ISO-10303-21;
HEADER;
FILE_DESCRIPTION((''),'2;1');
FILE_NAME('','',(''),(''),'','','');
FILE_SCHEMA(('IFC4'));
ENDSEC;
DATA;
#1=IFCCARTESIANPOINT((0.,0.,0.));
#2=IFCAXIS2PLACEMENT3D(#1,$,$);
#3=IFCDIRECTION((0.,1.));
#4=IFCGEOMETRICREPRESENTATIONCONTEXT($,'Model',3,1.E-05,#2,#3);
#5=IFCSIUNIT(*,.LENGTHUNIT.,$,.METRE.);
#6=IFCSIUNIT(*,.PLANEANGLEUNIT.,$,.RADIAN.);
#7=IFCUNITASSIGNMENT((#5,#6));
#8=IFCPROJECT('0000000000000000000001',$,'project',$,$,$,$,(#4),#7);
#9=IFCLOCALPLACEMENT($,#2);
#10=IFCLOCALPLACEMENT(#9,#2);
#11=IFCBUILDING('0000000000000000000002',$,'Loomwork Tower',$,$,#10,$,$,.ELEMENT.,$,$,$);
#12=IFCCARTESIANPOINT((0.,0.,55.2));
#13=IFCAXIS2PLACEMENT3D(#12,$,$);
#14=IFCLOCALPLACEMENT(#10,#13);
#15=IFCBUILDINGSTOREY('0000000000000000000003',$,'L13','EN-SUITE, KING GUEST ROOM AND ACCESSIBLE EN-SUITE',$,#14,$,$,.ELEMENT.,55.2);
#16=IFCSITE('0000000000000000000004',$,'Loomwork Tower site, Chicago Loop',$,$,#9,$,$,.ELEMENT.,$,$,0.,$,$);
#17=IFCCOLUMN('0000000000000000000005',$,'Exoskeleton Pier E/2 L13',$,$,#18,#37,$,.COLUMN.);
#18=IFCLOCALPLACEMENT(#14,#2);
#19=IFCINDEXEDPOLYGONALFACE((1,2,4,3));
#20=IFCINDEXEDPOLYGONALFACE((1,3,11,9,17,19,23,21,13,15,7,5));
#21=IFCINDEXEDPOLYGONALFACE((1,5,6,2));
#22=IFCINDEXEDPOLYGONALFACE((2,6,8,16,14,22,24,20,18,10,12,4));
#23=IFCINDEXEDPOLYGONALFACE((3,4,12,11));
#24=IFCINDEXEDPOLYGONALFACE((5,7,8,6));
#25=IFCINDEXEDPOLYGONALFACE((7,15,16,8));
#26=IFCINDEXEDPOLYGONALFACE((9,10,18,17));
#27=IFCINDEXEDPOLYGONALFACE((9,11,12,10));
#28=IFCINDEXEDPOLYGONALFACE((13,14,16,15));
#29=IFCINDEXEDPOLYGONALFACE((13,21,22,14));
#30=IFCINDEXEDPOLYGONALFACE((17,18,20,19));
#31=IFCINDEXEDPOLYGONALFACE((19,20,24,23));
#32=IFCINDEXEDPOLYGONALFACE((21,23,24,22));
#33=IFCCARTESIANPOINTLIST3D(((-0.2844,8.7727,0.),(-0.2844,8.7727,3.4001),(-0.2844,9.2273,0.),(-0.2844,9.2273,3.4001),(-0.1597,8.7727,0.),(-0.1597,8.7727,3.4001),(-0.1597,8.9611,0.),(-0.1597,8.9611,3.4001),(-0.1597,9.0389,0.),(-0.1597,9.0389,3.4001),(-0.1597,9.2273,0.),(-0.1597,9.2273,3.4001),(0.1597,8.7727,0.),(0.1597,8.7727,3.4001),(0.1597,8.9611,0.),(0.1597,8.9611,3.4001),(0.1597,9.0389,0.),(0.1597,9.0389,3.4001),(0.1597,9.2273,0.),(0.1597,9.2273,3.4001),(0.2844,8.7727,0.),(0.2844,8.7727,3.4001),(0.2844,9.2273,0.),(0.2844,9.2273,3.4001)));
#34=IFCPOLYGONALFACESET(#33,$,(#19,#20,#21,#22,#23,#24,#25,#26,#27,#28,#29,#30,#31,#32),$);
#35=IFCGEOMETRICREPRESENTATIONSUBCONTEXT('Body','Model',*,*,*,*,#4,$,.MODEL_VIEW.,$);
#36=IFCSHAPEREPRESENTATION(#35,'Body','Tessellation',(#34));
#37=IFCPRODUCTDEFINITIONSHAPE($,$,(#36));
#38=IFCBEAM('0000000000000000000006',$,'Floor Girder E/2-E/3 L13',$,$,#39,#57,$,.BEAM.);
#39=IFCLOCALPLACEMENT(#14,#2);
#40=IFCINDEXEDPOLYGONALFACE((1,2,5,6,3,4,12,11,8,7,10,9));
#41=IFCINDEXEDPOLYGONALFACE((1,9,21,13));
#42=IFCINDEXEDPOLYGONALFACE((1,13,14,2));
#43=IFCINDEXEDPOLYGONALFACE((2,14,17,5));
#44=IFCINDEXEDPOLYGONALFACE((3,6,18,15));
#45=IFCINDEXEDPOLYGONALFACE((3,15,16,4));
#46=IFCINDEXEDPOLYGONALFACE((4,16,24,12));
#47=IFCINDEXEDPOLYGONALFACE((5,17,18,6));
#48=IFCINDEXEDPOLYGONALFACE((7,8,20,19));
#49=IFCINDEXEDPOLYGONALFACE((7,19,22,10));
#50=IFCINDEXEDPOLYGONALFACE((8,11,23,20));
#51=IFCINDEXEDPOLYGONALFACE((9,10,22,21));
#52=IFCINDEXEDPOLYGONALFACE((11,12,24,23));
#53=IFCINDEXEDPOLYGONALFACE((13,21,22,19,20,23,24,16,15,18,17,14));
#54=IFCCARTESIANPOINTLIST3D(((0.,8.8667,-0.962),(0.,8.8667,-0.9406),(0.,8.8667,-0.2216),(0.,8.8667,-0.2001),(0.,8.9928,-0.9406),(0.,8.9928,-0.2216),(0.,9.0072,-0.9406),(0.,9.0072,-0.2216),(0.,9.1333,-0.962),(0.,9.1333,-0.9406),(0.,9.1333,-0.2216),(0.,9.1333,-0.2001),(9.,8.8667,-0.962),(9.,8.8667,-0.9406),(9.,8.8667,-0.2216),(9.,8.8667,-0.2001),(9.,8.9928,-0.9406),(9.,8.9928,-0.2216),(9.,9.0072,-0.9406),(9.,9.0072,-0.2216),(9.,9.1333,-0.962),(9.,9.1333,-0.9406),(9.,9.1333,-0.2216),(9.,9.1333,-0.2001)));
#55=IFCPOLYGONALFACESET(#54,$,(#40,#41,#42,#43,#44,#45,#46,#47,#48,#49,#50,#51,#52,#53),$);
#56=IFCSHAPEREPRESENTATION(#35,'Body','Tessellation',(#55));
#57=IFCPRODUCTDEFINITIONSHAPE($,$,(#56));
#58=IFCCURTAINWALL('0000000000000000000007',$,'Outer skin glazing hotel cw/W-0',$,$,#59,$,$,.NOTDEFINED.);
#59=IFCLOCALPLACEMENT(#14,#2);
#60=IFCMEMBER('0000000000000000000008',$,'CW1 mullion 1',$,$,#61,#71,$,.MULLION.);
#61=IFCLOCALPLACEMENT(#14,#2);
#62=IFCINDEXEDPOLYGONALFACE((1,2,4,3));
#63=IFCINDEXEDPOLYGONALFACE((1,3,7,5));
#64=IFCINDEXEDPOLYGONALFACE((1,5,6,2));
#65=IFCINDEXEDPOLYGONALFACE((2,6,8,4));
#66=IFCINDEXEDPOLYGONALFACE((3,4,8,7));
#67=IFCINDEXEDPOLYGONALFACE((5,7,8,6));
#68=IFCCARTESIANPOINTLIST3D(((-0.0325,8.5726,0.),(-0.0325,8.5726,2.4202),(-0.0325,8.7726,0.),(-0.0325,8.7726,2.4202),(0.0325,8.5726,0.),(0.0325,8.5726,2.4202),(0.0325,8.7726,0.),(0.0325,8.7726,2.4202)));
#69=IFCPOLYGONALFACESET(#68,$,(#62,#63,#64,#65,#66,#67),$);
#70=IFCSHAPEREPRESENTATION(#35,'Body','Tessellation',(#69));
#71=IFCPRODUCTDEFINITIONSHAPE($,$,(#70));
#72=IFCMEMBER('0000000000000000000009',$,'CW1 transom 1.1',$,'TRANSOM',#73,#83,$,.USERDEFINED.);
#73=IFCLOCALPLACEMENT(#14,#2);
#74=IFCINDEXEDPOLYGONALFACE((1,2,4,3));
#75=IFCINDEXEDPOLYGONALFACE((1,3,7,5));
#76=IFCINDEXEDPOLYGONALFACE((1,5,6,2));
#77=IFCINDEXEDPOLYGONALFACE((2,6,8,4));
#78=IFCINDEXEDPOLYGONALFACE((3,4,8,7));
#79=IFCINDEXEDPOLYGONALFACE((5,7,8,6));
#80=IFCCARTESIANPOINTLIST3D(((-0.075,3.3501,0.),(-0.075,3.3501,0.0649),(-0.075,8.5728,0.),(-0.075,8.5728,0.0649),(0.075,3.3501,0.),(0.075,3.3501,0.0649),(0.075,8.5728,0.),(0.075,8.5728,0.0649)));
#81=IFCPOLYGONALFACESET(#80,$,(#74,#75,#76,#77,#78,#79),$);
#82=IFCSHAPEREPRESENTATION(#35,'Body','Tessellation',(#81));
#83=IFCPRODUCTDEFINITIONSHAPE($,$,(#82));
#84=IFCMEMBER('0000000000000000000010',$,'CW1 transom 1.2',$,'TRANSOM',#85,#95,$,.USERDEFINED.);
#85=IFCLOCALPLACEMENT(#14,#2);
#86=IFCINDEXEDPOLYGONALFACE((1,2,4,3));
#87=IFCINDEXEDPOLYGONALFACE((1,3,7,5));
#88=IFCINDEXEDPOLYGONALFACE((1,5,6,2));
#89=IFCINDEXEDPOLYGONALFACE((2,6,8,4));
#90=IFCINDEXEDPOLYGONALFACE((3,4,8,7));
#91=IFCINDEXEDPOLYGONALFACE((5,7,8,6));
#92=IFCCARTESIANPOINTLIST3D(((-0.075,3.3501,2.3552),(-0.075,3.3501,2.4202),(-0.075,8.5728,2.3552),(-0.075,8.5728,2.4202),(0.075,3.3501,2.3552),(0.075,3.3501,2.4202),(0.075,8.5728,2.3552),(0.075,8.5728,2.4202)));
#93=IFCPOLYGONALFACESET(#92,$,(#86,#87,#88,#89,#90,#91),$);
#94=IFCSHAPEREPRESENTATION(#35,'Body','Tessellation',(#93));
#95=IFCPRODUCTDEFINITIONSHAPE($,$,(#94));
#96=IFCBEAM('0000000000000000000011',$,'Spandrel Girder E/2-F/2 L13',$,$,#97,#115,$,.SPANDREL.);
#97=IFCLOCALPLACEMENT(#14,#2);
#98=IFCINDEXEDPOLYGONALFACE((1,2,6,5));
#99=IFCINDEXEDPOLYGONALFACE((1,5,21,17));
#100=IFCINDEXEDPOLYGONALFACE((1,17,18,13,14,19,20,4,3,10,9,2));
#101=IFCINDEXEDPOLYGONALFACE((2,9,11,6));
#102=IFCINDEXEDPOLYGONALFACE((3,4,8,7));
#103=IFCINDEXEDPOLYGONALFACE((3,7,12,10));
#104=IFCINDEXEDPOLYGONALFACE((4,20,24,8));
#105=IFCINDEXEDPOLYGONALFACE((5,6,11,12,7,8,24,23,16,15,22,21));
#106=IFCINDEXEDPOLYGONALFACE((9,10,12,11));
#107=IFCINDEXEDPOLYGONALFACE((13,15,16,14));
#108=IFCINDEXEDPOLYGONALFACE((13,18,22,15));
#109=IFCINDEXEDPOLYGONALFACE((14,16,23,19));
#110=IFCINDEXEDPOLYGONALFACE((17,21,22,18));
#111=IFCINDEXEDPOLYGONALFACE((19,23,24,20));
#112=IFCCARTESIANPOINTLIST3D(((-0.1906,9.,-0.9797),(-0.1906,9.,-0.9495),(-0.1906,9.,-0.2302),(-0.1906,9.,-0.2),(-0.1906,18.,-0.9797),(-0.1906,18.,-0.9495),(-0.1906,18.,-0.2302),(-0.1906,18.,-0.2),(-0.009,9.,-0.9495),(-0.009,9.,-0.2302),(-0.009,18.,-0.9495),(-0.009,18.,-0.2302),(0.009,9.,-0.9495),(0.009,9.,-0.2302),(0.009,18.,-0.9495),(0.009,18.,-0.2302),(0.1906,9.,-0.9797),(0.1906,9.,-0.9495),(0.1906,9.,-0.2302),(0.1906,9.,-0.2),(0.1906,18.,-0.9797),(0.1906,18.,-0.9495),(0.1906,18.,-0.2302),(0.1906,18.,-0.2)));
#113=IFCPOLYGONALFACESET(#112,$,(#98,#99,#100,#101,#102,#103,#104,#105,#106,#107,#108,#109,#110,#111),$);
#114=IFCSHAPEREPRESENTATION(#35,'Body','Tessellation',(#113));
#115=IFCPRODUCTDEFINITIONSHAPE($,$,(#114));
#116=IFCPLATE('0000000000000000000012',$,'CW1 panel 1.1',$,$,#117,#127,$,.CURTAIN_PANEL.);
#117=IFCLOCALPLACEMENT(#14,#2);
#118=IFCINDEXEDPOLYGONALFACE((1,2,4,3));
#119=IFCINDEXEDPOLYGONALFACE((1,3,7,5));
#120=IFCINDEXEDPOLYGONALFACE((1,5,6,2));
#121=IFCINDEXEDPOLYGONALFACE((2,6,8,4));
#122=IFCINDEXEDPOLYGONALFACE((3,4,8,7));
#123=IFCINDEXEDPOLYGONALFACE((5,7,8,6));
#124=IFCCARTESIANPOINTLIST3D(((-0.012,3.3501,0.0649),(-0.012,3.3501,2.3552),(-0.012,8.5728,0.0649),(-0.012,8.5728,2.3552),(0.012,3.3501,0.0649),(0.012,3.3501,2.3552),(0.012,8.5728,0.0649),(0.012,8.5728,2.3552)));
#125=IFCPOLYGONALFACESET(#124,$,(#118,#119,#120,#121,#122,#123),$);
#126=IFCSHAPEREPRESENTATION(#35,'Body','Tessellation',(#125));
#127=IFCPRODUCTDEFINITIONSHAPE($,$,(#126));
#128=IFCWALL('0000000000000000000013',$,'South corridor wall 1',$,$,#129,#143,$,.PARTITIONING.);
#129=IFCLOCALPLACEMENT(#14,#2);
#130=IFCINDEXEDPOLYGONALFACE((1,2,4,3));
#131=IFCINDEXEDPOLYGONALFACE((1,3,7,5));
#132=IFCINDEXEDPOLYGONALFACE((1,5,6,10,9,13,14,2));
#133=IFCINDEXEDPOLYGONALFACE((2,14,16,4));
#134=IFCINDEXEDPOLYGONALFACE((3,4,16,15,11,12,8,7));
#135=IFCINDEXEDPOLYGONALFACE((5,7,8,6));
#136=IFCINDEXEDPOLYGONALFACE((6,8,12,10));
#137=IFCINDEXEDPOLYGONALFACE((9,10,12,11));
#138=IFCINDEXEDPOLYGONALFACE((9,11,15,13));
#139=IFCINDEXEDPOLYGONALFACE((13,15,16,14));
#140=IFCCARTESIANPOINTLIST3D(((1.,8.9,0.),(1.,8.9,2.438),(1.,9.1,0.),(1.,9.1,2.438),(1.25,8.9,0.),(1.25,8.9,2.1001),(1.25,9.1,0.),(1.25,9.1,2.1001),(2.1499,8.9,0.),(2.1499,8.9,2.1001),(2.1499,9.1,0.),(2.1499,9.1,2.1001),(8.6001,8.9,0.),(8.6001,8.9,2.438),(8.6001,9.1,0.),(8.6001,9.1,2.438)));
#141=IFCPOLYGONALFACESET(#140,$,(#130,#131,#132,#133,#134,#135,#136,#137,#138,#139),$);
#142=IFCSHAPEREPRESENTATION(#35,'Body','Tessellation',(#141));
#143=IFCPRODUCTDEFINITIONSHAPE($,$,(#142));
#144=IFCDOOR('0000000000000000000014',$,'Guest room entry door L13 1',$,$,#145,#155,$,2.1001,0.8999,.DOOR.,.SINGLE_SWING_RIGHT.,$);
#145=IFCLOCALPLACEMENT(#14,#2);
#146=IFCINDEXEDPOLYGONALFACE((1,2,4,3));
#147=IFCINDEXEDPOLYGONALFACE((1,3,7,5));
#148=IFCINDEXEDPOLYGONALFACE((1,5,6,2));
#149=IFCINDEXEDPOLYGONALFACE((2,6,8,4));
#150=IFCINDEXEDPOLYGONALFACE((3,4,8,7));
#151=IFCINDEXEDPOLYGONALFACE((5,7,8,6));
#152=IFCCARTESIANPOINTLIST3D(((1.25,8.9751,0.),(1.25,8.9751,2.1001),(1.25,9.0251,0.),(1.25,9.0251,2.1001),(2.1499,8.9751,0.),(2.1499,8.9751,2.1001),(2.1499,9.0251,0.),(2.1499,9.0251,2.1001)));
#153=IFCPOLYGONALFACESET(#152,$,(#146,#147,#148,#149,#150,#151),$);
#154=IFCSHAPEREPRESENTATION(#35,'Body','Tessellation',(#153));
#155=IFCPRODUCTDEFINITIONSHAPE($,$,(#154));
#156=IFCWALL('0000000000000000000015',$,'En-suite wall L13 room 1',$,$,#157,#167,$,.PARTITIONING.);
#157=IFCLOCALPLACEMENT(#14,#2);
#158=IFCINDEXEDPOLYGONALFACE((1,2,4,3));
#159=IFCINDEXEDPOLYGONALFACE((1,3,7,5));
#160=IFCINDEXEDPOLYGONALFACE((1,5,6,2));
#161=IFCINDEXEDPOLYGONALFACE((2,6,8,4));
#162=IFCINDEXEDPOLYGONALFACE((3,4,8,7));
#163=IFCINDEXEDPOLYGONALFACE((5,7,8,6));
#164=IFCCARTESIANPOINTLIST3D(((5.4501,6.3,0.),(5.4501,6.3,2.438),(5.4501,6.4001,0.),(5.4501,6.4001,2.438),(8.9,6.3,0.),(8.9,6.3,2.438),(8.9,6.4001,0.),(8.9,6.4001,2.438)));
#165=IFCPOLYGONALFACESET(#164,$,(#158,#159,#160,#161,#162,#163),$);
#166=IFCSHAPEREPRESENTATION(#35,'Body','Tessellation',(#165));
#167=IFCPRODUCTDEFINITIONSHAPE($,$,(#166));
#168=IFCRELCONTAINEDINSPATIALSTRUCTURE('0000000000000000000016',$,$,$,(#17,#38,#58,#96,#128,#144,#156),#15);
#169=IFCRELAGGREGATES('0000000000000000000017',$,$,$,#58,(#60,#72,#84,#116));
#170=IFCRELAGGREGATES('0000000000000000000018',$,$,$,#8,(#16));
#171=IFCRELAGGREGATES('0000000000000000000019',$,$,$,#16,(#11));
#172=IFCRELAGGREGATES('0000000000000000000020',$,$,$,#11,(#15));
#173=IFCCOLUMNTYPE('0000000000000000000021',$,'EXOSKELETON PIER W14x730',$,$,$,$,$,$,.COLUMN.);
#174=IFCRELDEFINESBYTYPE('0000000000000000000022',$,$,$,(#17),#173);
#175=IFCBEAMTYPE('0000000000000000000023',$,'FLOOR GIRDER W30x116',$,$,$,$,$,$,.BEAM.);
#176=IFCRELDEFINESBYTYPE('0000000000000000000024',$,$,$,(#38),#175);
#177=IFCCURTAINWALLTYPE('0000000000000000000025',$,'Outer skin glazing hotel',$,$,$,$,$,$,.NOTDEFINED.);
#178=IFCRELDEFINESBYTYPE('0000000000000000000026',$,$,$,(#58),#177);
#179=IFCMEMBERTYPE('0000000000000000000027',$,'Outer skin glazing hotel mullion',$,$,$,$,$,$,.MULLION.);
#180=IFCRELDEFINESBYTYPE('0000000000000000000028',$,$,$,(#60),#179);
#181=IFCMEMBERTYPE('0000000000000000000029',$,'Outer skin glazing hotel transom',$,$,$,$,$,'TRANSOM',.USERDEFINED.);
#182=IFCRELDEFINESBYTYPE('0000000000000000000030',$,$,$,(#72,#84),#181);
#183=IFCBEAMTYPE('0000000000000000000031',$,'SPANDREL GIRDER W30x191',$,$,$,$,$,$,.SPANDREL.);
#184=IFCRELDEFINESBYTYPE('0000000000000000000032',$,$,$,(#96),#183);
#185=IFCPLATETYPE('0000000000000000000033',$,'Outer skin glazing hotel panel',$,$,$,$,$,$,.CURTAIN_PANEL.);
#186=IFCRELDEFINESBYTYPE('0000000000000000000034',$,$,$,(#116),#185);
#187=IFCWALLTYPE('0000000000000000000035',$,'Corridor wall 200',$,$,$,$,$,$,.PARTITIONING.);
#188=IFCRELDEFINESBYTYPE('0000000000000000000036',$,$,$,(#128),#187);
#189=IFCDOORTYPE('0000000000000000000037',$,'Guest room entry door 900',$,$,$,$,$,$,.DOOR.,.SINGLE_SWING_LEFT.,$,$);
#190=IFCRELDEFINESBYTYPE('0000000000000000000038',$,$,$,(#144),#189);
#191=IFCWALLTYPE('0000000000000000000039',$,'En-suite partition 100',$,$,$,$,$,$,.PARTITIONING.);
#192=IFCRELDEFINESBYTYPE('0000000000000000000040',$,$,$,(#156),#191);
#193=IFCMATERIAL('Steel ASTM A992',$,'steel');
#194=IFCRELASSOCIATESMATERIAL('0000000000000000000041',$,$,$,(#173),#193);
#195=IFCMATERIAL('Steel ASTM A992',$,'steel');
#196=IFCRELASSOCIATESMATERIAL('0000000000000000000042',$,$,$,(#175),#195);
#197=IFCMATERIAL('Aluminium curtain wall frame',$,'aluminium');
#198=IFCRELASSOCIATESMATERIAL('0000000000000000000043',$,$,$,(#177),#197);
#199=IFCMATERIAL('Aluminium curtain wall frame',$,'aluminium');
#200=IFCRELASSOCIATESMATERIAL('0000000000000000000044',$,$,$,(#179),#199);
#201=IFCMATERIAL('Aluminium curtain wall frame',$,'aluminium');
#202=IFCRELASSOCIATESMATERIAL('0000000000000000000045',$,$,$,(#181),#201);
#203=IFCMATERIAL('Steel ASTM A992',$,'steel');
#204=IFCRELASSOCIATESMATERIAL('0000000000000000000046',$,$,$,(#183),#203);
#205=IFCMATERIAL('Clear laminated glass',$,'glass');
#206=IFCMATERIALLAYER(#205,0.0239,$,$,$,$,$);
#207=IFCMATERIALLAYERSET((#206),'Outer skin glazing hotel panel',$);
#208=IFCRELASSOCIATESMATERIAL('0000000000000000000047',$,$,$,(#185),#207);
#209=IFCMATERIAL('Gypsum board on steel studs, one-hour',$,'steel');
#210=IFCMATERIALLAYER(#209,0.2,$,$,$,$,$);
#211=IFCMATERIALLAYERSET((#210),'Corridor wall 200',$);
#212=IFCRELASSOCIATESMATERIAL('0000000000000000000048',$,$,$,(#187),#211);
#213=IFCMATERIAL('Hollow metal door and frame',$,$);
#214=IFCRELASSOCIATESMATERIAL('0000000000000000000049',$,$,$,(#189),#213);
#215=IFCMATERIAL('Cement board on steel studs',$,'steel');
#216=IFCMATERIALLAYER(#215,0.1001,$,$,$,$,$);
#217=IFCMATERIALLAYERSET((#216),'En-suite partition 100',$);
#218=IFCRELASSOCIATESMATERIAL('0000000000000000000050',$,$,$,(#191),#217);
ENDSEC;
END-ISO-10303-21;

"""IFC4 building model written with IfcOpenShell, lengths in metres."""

from ifc_helpers import new_model, si_unit, direction, frame, frame_2d, origin, origin_2d, place, context, subcontext, project, spatial, rectangle, i_section, extrude, material, layer, layer_set, material_profile, profile_set, type_object, element, fill, aggregate, save


model = new_model("IFC4")

# Units and contexts
model_context = context("Model", 3, precision=1e-05, world=origin(), true_north=direction((0.0, 1.0)))
body_context = subcontext(model_context, "Body", "Model", "MODEL_VIEW")
ifc_project = project(units=[si_unit("LENGTHUNIT", "METRE"), si_unit("PLANEANGLEUNIT", "RADIAN")], contexts=[model_context])

# Site, building, storey
site_placement = place(None, origin())
site = spatial("IfcSite", under=ifc_project, at=site_placement, Name="Loomwork Tower site, Chicago Loop", CompositionType="ELEMENT", RefElevation=0.0)
building_placement = place(site_placement, origin())
building = spatial("IfcBuilding", under=site, at=building_placement, Name="Loomwork Tower", CompositionType="ELEMENT")
storey_placement = place(building_placement, frame((0.0, 0.0, 55.2)))
storey = spatial("IfcBuildingStorey", under=building, at=storey_placement, Name="L13", Description="EN-SUITE, KING GUEST ROOM AND ACCESSIBLE EN-SUITE", CompositionType="ELEMENT", Elevation=55.2)

# Column
ifc_material_1 = material(Name="Steel ASTM A992", Category="steel")
ifc_material_profile_1 = material_profile(ifc_material_1, i_section(OverallWidth=0.4546, OverallDepth=0.5688, WebThickness=0.0779, FlangeThickness=0.1248, at=origin_2d()), Name="W14x730")
ifc_profile_set_1 = profile_set([ifc_material_profile_1], Name="Steel ASTM A992")
column_type = type_object("IfcColumnType", Name="EXOSKELETON PIER W14x730", PredefinedType="COLUMN", material=ifc_profile_set_1)
column_placement = place(storey_placement, frame((0.0, 9.0, 0.0), z_axis=(0.0, 0.0, 1.0), x_axis=(0.0, 1.0, 0.0)))
element("IfcColumn", 1, at=column_placement, inside=storey, type_object=column_type, Name="Exoskeleton Pier E/2 L13", PredefinedType="COLUMN", context=body_context, shape_type="SweptSolid", body=[
    extrude(i_section(OverallWidth=0.4546, OverallDepth=0.5688, WebThickness=0.0779, FlangeThickness=0.1248, at=origin_2d()), origin(), (0.0, 0.0, 1.0), 3.4001),
])

# Beam
ifc_material_2 = material(Name="Steel ASTM A992", Category="steel")
ifc_material_profile_2 = material_profile(ifc_material_2, i_section(OverallWidth=0.2666, OverallDepth=0.762, WebThickness=0.0144, FlangeThickness=0.0215, at=origin_2d()), Name="W30x116")
ifc_profile_set_2 = profile_set([ifc_material_profile_2], Name="Steel ASTM A992")
beam_type_1 = type_object("IfcBeamType", Name="FLOOR GIRDER W30x116", PredefinedType="BEAM", material=ifc_profile_set_2)
beam_1_placement = place(storey_placement, frame((0.0, 9.0, -0.5811), z_axis=(1.0, 0.0, 0.0), x_axis=(0.0, 1.0, 0.0)))
element("IfcBeam", 2, at=beam_1_placement, inside=storey, type_object=beam_type_1, Name="Floor Girder E/2-E/3 L13", PredefinedType="BEAM", context=body_context, shape_type="SweptSolid", body=[
    extrude(i_section(OverallWidth=0.2666, OverallDepth=0.762, WebThickness=0.0144, FlangeThickness=0.0215, at=origin_2d()), origin(), (0.0, 0.0, 1.0), 9.0),
])

# Curtain wall, members
ifc_material_3 = material(Name="Aluminium curtain wall frame", Category="aluminium")
curtain_wall_type = type_object("IfcCurtainWallType", Name="Outer skin glazing hotel", PredefinedType="NOTDEFINED", material=ifc_material_3)
curtain_wall_placement = place(storey_placement, origin())
curtain_wall = element("IfcCurtainWall", 3, at=curtain_wall_placement, inside=storey, type_object=curtain_wall_type, Name="Outer skin glazing hotel cw/W-0", PredefinedType="NOTDEFINED")
ifc_material_4 = material(Name="Aluminium curtain wall frame", Category="aluminium")
ifc_material_profile_3 = material_profile(ifc_material_4, rectangle(XDim=0.0649, YDim=0.2, at=origin_2d()), Name="AL 65x200")
ifc_profile_set_3 = profile_set([ifc_material_profile_3], Name="Aluminium curtain wall frame")
member_type_1 = type_object("IfcMemberType", Name="Outer skin glazing hotel mullion", PredefinedType="MULLION", material=ifc_profile_set_3)
member_1_placement = place(storey_placement, frame((0.0, 8.6726, 0.0), z_axis=(0.0, 0.0, 1.0), x_axis=(1.0, 0.0, 0.0)))
member_1 = element("IfcMember", 4, at=member_1_placement, type_object=member_type_1, Name="CW1 mullion 1", PredefinedType="MULLION", context=body_context, shape_type="SweptSolid", body=[
    extrude(rectangle(XDim=0.0649, YDim=0.2, at=origin_2d()), origin(), (0.0, 0.0, 1.0), 2.4202),
])
ifc_material_5 = material(Name="Aluminium curtain wall frame", Category="aluminium")
ifc_material_profile_4 = material_profile(ifc_material_5, rectangle(XDim=0.1499, YDim=0.0649, at=origin_2d()), Name="AL 65x150")
ifc_profile_set_4 = profile_set([ifc_material_profile_4], Name="Aluminium curtain wall frame")
member_type_2 = type_object("IfcMemberType", Name="Outer skin glazing hotel transom", ElementType="TRANSOM", PredefinedType="USERDEFINED", material=ifc_profile_set_4)
member_2_placement = place(storey_placement, frame((0.0, 8.5728, 0.0325), z_axis=(0.0, -1.0, 0.0), x_axis=(1.0, 0.0, 0.0)))
member_2 = element("IfcMember", 5, at=member_2_placement, type_object=member_type_2, Name="CW1 transom 1.1", ObjectType="TRANSOM", PredefinedType="USERDEFINED", context=body_context, shape_type="SweptSolid", body=[
    extrude(rectangle(XDim=0.1499, YDim=0.0649, at=origin_2d()), origin(), (0.0, 0.0, 1.0), 5.2227),
])
member_3_placement = place(storey_placement, frame((0.0, 8.5728, 2.3877), z_axis=(0.0, -1.0, 0.0), x_axis=(1.0, 0.0, 0.0)))
member_3 = element("IfcMember", 6, at=member_3_placement, type_object=member_type_2, Name="CW1 transom 1.2", ObjectType="TRANSOM", PredefinedType="USERDEFINED", context=body_context, shape_type="SweptSolid", body=[
    extrude(rectangle(XDim=0.1499, YDim=0.0649, at=origin_2d()), origin(), (0.0, 0.0, 1.0), 5.2227),
])

# Beam
ifc_material_6 = material(Name="Steel ASTM A992", Category="steel")
ifc_material_profile_5 = material_profile(ifc_material_6, i_section(OverallWidth=0.3811, OverallDepth=0.7798, WebThickness=0.0181, FlangeThickness=0.0303, at=origin_2d()), Name="W30x191")
ifc_profile_set_5 = profile_set([ifc_material_profile_5], Name="Steel ASTM A992")
beam_type_2 = type_object("IfcBeamType", Name="SPANDREL GIRDER W30x191", PredefinedType="SPANDREL", material=ifc_profile_set_5)
beam_2_placement = place(storey_placement, frame((0.0, 9.0, -0.5898), z_axis=(0.0, 1.0, 0.0), x_axis=(-1.0, 0.0, 0.0)))
element("IfcBeam", 7, at=beam_2_placement, inside=storey, type_object=beam_type_2, Name="Spandrel Girder E/2-F/2 L13", PredefinedType="SPANDREL", context=body_context, shape_type="SweptSolid", body=[
    extrude(i_section(OverallWidth=0.3811, OverallDepth=0.7798, WebThickness=0.0181, FlangeThickness=0.0303, at=origin_2d()), origin(), (0.0, 0.0, 1.0), 9.0),
])

# Plate
ifc_material_7 = material(Name="Clear laminated glass", Category="glass")
ifc_layer_1 = layer(ifc_material_7, 0.0239)
ifc_layer_set_1 = layer_set([ifc_layer_1], Name="Outer skin glazing hotel panel")
plate_type = type_object("IfcPlateType", Name="Outer skin glazing hotel panel", PredefinedType="CURTAIN_PANEL", material=ifc_layer_set_1)
plate_placement = place(storey_placement, frame((0.0, 5.9614, 0.0649), z_axis=(0.0, 0.0, 1.0), x_axis=(0.0, -1.0, 0.0)))
plate = element("IfcPlate", 8, at=plate_placement, type_object=plate_type, Name="CW1 panel 1.1", PredefinedType="CURTAIN_PANEL", context=body_context, shape_type="SweptSolid", body=[
    extrude(rectangle(XDim=5.2227, YDim=0.0239, at=origin_2d()), origin(), (0.0, 0.0, 1.0), 2.2903),
])
aggregate(curtain_wall, [member_1, member_2, member_3, plate])

# Wall, opening, door
ifc_material_8 = material(Name="Gypsum board on steel studs, one-hour", Category="steel")
ifc_layer_2 = layer(ifc_material_8, 0.2)
ifc_layer_set_2 = layer_set([ifc_layer_2], Name="Corridor wall 200")
wall_type_1 = type_object("IfcWallType", Name="Corridor wall 200", PredefinedType="PARTITIONING", material=ifc_layer_set_2)
wall_1_placement = place(storey_placement, frame((1.0, 9.0, 0.0), z_axis=(0.0, 0.0, 1.0), x_axis=(1.0, 0.0, 0.0)))
wall_1 = element("IfcWall", 9, at=wall_1_placement, inside=storey, type_object=wall_type_1, Name="South corridor wall 1", PredefinedType="PARTITIONING", context=body_context, shape_type="SweptSolid", body=[
    extrude(rectangle(XDim=7.6001, YDim=0.2, at=frame_2d((3.8, 0.0))), origin(), (0.0, 0.0, 1.0), 2.438),
])
opening_1_placement = place(wall_1_placement, frame((0.25, 0.0, 0.0)))
opening_1 = element("IfcOpeningElement", 10, at=opening_1_placement, cuts=wall_1, PredefinedType="OPENING", context=body_context, shape_type="SweptSolid", body=[
    extrude(rectangle(XDim=0.8999, YDim=2.1001, at=frame_2d((0.45, 1.05))), frame((0.0, 0.1099, 0.0), z_axis=(0.0, -1.0, 0.0), x_axis=(1.0, 0.0, 0.0)), (0.0, 0.0, 1.0), 0.22),
])
ifc_material_9 = material(Name="Hollow metal door and frame")
door_type_1 = type_object("IfcDoorType", Name="Guest room entry door 900", OperationType="SINGLE_SWING_LEFT", PredefinedType="DOOR", material=ifc_material_9)
door_1_placement = place(opening_1_placement, frame((0.8999, 0.0, 0.0), z_axis=(0.0, 0.0, 1.0), x_axis=(-1.0, 0.0, 0.0)))
door_1 = element("IfcDoor", 11, at=door_1_placement, inside=storey, type_object=door_type_1, Name="Guest room entry door L13 1", OperationType="SINGLE_SWING_RIGHT", OverallHeight=2.1001, OverallWidth=0.8999, PredefinedType="DOOR", context=body_context, shape_type="SweptSolid", body=[
    extrude(rectangle(XDim=0.8999, YDim=2.1001, at=frame_2d((0.45, 1.05))), frame((0.0, 0.0249, 0.0), z_axis=(0.0, -1.0, 0.0), x_axis=(1.0, 0.0, 0.0)), (0.0, 0.0, 1.0), 0.05),
])
fill(opening_1, door_1)

# Wall
ifc_material_10 = material(Name="Cement board on steel studs", Category="steel")
ifc_layer_3 = layer(ifc_material_10, 0.1001)
ifc_layer_set_3 = layer_set([ifc_layer_3], Name="En-suite partition 100")
wall_type_2 = type_object("IfcWallType", Name="En-suite partition 100", PredefinedType="PARTITIONING", material=ifc_layer_set_3)
wall_2_placement = place(storey_placement, frame((5.45, 6.3501, 0.0), z_axis=(0.0, 0.0, 1.0), x_axis=(1.0, 0.0, 0.0)))
element("IfcWall", 12, at=wall_2_placement, inside=storey, type_object=wall_type_2, Name="En-suite wall L13 room 1", PredefinedType="PARTITIONING", context=body_context, shape_type="SweptSolid", body=[
    extrude(rectangle(XDim=3.45, YDim=0.1001, at=frame_2d((1.7251, 0.0))), origin(), (0.0, 0.0, 1.0), 2.438),
])

save(model, "model.ifc")
